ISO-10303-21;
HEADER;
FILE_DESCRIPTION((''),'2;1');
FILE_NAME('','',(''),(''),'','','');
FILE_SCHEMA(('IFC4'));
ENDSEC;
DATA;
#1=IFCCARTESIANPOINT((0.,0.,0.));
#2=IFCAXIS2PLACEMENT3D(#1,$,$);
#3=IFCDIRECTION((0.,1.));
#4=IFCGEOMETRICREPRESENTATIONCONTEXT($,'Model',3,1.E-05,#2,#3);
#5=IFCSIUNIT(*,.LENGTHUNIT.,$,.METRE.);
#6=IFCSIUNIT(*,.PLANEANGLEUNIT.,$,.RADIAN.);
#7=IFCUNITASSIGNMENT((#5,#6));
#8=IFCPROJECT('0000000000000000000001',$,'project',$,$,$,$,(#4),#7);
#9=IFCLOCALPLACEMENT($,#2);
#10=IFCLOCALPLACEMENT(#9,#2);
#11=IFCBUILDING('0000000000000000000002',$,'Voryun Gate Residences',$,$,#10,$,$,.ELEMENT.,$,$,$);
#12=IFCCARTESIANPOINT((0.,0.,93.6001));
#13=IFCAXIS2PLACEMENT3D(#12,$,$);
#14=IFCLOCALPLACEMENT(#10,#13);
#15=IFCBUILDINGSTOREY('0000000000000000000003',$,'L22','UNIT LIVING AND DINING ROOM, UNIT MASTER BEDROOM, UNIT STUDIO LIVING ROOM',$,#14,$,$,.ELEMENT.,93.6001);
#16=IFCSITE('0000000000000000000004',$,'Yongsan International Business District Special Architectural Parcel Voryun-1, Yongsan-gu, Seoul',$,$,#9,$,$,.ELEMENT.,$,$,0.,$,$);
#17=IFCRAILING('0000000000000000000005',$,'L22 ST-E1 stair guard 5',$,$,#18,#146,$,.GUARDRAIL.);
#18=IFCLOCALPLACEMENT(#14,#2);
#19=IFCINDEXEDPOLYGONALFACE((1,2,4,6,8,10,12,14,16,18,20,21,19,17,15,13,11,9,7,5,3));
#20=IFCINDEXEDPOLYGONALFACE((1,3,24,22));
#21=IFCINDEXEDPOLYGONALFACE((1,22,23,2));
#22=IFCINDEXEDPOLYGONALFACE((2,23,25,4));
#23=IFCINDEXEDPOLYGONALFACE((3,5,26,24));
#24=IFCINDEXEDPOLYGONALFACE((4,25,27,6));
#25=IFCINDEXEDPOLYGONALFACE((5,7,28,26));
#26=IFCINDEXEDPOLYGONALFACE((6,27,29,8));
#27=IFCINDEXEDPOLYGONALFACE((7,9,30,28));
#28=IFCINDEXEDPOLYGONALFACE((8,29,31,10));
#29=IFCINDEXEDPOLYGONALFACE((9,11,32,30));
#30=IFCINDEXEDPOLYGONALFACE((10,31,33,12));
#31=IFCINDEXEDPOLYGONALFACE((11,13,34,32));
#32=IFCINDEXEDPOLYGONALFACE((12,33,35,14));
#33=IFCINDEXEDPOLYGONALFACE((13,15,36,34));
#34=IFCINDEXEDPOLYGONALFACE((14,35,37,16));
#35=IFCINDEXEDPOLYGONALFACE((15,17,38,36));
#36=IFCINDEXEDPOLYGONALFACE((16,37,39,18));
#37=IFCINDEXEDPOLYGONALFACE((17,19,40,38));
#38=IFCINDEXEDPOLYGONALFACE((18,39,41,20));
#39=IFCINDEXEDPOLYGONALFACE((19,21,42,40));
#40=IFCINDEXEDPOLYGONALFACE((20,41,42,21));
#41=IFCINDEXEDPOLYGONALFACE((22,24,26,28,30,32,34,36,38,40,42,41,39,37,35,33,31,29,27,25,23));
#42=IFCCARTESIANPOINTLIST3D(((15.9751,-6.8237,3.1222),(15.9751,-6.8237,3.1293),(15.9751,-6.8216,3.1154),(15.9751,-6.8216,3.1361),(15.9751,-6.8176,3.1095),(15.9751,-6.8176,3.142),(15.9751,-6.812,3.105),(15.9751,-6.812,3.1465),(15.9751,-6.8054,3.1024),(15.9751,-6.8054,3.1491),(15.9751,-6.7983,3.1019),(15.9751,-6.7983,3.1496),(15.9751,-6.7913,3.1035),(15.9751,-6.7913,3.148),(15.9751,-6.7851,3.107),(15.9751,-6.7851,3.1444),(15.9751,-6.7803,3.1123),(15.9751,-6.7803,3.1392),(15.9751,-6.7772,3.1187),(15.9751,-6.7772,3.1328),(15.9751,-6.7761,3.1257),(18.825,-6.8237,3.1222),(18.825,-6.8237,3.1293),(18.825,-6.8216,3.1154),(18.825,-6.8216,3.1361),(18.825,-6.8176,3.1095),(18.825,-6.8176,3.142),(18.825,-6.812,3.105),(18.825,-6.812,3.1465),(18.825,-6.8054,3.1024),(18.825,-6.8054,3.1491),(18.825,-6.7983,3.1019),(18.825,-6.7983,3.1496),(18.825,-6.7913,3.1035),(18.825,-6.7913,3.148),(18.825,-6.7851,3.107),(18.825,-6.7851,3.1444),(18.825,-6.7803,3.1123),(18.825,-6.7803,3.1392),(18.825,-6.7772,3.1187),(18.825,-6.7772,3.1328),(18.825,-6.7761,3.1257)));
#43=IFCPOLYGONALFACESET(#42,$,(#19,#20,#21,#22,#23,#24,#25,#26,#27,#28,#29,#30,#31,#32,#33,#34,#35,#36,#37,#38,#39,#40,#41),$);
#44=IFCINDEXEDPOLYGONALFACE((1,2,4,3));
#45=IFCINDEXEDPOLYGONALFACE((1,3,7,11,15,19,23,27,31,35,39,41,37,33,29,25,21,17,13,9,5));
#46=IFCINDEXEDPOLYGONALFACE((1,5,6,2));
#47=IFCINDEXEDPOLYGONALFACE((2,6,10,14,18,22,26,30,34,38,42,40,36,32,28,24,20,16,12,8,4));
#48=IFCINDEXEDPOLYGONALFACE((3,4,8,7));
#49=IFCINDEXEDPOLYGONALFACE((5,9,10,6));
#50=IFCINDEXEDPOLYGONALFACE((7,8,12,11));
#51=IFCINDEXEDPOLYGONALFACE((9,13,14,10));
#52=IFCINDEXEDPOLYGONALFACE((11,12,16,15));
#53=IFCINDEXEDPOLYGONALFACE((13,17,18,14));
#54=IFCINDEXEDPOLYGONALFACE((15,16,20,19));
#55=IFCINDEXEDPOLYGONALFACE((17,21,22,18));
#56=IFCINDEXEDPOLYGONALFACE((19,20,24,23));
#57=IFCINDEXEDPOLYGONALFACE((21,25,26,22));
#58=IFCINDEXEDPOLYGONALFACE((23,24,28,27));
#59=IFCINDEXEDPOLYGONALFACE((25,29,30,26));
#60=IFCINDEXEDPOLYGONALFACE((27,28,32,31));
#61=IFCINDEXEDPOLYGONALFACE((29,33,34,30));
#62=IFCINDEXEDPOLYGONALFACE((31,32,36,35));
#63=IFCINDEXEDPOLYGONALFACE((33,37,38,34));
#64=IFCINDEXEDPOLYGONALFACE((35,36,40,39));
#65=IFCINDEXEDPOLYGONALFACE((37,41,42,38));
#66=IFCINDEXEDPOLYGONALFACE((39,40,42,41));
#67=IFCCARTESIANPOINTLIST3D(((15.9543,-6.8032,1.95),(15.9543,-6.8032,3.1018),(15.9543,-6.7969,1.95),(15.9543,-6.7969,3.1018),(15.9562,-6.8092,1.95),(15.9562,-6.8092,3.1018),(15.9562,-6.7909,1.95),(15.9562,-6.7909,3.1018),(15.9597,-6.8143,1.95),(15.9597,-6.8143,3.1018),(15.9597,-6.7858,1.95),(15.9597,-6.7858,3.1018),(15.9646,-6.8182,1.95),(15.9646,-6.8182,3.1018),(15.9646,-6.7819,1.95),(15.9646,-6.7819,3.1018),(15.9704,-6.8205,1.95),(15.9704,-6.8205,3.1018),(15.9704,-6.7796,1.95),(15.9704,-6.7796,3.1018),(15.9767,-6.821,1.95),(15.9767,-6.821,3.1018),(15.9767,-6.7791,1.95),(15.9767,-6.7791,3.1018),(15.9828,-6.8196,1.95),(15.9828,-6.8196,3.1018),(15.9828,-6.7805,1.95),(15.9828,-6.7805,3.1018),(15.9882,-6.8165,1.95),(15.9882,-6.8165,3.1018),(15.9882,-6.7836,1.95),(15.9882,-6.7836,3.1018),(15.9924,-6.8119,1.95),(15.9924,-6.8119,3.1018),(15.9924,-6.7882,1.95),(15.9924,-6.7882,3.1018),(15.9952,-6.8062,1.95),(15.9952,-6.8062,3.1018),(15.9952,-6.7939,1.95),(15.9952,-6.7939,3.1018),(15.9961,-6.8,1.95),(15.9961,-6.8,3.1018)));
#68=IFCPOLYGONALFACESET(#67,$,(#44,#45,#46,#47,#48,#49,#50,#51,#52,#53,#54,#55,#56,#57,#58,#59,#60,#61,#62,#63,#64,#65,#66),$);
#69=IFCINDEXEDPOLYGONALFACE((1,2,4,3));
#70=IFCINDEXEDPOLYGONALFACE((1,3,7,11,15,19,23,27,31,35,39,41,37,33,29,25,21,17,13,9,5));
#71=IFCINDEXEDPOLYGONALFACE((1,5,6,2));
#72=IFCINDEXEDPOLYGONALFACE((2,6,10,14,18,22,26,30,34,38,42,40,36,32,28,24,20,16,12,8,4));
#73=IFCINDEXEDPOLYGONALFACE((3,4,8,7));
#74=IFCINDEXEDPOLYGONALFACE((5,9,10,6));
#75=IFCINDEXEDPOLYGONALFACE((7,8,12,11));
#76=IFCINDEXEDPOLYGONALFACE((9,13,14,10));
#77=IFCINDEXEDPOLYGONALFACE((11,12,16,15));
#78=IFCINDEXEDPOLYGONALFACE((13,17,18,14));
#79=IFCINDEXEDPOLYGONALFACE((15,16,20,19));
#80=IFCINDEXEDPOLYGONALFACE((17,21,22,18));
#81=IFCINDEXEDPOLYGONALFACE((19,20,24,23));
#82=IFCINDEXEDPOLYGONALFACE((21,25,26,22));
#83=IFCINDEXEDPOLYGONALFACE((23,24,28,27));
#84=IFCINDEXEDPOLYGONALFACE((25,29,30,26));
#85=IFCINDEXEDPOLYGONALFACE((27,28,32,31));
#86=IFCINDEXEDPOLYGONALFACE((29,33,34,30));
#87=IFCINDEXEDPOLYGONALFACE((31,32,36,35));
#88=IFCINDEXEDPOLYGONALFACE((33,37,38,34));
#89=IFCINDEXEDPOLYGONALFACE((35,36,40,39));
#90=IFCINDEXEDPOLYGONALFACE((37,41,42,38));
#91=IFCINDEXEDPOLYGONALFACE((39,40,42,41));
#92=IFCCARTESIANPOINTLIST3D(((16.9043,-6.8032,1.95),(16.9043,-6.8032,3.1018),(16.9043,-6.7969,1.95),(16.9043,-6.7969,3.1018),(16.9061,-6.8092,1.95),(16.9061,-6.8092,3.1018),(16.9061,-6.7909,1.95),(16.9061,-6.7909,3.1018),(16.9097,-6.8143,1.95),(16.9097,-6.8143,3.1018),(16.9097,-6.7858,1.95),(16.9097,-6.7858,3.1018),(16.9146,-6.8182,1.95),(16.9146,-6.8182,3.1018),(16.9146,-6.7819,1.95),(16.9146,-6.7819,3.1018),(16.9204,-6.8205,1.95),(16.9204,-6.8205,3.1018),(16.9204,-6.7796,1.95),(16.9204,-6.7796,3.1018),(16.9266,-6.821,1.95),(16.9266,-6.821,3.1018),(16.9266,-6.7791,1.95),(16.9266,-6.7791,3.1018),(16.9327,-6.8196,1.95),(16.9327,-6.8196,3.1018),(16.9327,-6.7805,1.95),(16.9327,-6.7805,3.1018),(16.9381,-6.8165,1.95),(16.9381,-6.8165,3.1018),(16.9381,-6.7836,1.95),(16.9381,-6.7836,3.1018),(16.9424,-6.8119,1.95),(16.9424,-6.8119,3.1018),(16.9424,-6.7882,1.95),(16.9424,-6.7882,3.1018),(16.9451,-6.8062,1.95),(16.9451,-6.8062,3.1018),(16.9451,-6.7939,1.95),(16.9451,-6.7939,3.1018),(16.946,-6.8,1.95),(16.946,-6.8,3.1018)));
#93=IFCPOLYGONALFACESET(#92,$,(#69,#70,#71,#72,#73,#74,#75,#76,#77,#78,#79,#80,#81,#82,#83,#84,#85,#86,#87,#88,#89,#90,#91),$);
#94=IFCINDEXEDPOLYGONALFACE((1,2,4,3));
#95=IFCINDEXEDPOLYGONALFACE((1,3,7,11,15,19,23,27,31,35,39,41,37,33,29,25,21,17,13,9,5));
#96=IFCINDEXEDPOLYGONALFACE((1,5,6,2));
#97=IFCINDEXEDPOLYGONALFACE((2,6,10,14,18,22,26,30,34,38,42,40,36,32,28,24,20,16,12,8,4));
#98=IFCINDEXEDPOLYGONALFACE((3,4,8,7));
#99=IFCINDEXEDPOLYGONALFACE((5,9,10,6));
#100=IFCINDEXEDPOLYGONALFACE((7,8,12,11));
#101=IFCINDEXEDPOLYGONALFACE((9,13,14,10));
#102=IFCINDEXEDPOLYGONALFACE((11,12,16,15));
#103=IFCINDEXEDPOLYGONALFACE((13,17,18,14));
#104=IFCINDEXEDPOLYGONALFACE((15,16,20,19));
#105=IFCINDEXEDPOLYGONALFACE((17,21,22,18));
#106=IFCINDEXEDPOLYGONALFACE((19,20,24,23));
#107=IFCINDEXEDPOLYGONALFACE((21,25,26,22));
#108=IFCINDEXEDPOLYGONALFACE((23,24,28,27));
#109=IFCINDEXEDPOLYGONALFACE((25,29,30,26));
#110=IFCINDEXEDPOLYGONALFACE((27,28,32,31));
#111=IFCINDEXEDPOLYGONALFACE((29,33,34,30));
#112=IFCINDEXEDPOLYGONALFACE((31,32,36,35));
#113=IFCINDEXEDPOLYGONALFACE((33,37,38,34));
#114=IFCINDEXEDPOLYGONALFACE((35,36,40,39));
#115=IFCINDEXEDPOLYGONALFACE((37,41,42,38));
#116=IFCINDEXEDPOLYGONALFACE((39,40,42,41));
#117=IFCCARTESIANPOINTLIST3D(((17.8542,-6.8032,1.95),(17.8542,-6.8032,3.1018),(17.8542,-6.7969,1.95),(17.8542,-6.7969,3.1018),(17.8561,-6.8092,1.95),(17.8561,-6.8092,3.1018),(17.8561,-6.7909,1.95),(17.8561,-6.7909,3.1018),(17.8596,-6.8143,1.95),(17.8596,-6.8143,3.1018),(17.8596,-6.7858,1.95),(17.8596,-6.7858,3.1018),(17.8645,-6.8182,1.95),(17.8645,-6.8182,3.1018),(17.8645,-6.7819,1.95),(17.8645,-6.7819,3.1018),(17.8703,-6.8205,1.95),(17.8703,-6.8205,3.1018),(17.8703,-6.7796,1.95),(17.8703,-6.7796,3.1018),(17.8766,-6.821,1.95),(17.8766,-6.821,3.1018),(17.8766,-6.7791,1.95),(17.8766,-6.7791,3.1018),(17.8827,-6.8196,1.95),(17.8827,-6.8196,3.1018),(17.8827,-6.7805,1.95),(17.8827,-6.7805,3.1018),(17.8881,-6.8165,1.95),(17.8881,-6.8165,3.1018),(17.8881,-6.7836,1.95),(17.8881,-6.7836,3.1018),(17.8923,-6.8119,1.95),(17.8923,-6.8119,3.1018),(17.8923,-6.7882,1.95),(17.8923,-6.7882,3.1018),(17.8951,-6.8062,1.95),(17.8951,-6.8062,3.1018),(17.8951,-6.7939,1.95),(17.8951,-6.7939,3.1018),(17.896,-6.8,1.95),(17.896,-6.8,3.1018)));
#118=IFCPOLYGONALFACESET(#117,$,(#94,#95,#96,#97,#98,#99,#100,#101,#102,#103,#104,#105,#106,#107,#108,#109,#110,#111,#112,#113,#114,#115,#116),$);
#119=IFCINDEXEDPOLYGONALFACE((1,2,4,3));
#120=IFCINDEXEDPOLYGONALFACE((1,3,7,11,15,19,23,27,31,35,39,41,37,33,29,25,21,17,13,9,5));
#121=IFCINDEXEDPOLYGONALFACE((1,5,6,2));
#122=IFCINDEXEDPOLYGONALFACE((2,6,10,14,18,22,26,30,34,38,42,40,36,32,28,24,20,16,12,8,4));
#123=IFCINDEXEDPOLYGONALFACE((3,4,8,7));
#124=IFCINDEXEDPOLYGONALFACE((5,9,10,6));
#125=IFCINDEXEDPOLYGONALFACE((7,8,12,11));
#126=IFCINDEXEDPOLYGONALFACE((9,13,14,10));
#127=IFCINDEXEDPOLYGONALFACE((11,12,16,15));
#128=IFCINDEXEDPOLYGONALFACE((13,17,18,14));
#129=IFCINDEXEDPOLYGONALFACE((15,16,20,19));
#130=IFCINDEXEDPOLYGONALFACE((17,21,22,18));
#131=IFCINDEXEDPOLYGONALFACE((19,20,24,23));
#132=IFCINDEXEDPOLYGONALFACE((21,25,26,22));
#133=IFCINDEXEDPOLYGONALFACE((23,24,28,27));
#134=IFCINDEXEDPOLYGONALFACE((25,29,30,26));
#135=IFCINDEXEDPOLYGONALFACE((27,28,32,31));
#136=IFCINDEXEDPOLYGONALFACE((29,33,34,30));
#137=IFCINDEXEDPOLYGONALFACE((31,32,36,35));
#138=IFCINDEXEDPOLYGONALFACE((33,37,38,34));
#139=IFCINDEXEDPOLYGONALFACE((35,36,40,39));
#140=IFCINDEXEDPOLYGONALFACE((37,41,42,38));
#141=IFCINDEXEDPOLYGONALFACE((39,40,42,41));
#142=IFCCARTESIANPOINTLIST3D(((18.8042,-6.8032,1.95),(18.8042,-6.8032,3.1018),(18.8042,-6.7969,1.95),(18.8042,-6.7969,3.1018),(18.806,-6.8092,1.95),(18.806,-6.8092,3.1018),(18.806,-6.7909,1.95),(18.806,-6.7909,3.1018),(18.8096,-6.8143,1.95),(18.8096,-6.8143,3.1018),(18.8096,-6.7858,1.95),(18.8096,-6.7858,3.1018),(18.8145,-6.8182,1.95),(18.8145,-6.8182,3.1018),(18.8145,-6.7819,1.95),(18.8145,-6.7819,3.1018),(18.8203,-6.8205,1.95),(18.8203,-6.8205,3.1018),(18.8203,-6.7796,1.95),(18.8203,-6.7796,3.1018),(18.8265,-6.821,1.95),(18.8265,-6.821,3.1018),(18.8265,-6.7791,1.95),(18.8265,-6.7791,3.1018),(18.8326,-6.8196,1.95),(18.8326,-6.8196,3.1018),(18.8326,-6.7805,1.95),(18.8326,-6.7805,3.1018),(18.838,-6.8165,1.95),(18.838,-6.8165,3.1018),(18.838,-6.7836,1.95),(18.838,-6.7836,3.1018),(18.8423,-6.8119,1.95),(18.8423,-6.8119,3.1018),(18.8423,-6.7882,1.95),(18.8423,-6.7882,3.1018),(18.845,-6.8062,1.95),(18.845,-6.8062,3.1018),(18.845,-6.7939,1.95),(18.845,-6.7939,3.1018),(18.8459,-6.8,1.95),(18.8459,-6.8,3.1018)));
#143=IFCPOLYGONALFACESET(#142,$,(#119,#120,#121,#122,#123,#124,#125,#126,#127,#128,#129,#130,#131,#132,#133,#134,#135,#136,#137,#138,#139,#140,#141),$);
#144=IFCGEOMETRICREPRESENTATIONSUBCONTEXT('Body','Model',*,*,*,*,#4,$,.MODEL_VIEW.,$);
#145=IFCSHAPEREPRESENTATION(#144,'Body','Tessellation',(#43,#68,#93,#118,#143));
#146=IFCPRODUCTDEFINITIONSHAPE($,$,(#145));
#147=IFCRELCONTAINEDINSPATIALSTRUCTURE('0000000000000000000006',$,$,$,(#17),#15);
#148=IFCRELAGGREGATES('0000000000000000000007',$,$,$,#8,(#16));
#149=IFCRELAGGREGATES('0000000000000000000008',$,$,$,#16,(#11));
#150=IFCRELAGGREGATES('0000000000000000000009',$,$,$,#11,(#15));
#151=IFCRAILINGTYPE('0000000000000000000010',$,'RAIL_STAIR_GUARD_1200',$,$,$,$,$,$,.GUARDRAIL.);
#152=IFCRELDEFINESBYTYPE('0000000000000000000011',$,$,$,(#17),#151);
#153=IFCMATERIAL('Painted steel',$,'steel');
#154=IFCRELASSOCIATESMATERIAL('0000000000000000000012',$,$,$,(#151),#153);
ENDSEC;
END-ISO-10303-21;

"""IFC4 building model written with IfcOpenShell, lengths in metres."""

from ifc_helpers import new_model, si_unit, direction, frame, origin, origin_2d, place, context, subcontext, project, spatial, circle, extrude, material, type_object, element, save


model = new_model("IFC4")

# Units and contexts
model_context = context("Model", 3, precision=1e-05, world=origin(), true_north=direction((0.0, 1.0)))
body_context = subcontext(model_context, "Body", "Model", "MODEL_VIEW")
ifc_project = project(units=[si_unit("LENGTHUNIT", "METRE"), si_unit("PLANEANGLEUNIT", "RADIAN")], contexts=[model_context])

# Site, building, storey
site_placement = place(None, origin())
site = spatial("IfcSite", under=ifc_project, at=site_placement, Name="Yongsan International Business District Special Architectural Parcel Voryun-1, Yongsan-gu, Seoul", CompositionType="ELEMENT", RefElevation=0.0)
building_placement = place(site_placement, origin())
building = spatial("IfcBuilding", under=site, at=building_placement, Name="Voryun Gate Residences", CompositionType="ELEMENT")
storey_placement = place(building_placement, frame((0.0, 0.0, 93.6001)))
storey = spatial("IfcBuildingStorey", under=building, at=storey_placement, Name="L22", Description="UNIT LIVING AND DINING ROOM, UNIT MASTER BEDROOM, UNIT STUDIO LIVING ROOM", CompositionType="ELEMENT", Elevation=93.6001)

# Railing
ifc_material_1 = material(Name="Painted steel", Category="steel")
railing_type_1 = type_object("IfcRailingType", Name="RAIL_STAIR_GUARD_1200", PredefinedType="GUARDRAIL", material=ifc_material_1)
railing_1_placement = place(storey_placement, frame((15.9751, -6.8, 1.95)))
element("IfcRailing", 1, at=railing_1_placement, inside=storey, type_object=railing_type_1, Name="L22 ST-E1 stair guard 5", PredefinedType="GUARDRAIL", context=body_context, shape_type="SweptSolid", body=[
    extrude(circle(Radius=0.0239, at=origin_2d()), frame((0.0, 0.0, 1.1758), z_axis=(1.0, 0.0, 0.0), x_axis=(0.0, 1.0, 0.0)), (0.0, 0.0, 1.0), 2.8499),
    extrude(circle(Radius=0.021, at=origin_2d()), origin(), (0.0, 0.0, 1.0), 1.1519),
    extrude(circle(Radius=0.021, at=origin_2d()), frame((0.95, 0.0, 0.0)), (0.0, 0.0, 1.0), 1.1519),
    extrude(circle(Radius=0.021, at=origin_2d()), frame((1.8999, 0.0, 0.0)), (0.0, 0.0, 1.0), 1.1519),
    extrude(circle(Radius=0.021, at=origin_2d()), frame((2.8499, 0.0, 0.0)), (0.0, 0.0, 1.0), 1.1519),
])

save(model, "model.ifc")
